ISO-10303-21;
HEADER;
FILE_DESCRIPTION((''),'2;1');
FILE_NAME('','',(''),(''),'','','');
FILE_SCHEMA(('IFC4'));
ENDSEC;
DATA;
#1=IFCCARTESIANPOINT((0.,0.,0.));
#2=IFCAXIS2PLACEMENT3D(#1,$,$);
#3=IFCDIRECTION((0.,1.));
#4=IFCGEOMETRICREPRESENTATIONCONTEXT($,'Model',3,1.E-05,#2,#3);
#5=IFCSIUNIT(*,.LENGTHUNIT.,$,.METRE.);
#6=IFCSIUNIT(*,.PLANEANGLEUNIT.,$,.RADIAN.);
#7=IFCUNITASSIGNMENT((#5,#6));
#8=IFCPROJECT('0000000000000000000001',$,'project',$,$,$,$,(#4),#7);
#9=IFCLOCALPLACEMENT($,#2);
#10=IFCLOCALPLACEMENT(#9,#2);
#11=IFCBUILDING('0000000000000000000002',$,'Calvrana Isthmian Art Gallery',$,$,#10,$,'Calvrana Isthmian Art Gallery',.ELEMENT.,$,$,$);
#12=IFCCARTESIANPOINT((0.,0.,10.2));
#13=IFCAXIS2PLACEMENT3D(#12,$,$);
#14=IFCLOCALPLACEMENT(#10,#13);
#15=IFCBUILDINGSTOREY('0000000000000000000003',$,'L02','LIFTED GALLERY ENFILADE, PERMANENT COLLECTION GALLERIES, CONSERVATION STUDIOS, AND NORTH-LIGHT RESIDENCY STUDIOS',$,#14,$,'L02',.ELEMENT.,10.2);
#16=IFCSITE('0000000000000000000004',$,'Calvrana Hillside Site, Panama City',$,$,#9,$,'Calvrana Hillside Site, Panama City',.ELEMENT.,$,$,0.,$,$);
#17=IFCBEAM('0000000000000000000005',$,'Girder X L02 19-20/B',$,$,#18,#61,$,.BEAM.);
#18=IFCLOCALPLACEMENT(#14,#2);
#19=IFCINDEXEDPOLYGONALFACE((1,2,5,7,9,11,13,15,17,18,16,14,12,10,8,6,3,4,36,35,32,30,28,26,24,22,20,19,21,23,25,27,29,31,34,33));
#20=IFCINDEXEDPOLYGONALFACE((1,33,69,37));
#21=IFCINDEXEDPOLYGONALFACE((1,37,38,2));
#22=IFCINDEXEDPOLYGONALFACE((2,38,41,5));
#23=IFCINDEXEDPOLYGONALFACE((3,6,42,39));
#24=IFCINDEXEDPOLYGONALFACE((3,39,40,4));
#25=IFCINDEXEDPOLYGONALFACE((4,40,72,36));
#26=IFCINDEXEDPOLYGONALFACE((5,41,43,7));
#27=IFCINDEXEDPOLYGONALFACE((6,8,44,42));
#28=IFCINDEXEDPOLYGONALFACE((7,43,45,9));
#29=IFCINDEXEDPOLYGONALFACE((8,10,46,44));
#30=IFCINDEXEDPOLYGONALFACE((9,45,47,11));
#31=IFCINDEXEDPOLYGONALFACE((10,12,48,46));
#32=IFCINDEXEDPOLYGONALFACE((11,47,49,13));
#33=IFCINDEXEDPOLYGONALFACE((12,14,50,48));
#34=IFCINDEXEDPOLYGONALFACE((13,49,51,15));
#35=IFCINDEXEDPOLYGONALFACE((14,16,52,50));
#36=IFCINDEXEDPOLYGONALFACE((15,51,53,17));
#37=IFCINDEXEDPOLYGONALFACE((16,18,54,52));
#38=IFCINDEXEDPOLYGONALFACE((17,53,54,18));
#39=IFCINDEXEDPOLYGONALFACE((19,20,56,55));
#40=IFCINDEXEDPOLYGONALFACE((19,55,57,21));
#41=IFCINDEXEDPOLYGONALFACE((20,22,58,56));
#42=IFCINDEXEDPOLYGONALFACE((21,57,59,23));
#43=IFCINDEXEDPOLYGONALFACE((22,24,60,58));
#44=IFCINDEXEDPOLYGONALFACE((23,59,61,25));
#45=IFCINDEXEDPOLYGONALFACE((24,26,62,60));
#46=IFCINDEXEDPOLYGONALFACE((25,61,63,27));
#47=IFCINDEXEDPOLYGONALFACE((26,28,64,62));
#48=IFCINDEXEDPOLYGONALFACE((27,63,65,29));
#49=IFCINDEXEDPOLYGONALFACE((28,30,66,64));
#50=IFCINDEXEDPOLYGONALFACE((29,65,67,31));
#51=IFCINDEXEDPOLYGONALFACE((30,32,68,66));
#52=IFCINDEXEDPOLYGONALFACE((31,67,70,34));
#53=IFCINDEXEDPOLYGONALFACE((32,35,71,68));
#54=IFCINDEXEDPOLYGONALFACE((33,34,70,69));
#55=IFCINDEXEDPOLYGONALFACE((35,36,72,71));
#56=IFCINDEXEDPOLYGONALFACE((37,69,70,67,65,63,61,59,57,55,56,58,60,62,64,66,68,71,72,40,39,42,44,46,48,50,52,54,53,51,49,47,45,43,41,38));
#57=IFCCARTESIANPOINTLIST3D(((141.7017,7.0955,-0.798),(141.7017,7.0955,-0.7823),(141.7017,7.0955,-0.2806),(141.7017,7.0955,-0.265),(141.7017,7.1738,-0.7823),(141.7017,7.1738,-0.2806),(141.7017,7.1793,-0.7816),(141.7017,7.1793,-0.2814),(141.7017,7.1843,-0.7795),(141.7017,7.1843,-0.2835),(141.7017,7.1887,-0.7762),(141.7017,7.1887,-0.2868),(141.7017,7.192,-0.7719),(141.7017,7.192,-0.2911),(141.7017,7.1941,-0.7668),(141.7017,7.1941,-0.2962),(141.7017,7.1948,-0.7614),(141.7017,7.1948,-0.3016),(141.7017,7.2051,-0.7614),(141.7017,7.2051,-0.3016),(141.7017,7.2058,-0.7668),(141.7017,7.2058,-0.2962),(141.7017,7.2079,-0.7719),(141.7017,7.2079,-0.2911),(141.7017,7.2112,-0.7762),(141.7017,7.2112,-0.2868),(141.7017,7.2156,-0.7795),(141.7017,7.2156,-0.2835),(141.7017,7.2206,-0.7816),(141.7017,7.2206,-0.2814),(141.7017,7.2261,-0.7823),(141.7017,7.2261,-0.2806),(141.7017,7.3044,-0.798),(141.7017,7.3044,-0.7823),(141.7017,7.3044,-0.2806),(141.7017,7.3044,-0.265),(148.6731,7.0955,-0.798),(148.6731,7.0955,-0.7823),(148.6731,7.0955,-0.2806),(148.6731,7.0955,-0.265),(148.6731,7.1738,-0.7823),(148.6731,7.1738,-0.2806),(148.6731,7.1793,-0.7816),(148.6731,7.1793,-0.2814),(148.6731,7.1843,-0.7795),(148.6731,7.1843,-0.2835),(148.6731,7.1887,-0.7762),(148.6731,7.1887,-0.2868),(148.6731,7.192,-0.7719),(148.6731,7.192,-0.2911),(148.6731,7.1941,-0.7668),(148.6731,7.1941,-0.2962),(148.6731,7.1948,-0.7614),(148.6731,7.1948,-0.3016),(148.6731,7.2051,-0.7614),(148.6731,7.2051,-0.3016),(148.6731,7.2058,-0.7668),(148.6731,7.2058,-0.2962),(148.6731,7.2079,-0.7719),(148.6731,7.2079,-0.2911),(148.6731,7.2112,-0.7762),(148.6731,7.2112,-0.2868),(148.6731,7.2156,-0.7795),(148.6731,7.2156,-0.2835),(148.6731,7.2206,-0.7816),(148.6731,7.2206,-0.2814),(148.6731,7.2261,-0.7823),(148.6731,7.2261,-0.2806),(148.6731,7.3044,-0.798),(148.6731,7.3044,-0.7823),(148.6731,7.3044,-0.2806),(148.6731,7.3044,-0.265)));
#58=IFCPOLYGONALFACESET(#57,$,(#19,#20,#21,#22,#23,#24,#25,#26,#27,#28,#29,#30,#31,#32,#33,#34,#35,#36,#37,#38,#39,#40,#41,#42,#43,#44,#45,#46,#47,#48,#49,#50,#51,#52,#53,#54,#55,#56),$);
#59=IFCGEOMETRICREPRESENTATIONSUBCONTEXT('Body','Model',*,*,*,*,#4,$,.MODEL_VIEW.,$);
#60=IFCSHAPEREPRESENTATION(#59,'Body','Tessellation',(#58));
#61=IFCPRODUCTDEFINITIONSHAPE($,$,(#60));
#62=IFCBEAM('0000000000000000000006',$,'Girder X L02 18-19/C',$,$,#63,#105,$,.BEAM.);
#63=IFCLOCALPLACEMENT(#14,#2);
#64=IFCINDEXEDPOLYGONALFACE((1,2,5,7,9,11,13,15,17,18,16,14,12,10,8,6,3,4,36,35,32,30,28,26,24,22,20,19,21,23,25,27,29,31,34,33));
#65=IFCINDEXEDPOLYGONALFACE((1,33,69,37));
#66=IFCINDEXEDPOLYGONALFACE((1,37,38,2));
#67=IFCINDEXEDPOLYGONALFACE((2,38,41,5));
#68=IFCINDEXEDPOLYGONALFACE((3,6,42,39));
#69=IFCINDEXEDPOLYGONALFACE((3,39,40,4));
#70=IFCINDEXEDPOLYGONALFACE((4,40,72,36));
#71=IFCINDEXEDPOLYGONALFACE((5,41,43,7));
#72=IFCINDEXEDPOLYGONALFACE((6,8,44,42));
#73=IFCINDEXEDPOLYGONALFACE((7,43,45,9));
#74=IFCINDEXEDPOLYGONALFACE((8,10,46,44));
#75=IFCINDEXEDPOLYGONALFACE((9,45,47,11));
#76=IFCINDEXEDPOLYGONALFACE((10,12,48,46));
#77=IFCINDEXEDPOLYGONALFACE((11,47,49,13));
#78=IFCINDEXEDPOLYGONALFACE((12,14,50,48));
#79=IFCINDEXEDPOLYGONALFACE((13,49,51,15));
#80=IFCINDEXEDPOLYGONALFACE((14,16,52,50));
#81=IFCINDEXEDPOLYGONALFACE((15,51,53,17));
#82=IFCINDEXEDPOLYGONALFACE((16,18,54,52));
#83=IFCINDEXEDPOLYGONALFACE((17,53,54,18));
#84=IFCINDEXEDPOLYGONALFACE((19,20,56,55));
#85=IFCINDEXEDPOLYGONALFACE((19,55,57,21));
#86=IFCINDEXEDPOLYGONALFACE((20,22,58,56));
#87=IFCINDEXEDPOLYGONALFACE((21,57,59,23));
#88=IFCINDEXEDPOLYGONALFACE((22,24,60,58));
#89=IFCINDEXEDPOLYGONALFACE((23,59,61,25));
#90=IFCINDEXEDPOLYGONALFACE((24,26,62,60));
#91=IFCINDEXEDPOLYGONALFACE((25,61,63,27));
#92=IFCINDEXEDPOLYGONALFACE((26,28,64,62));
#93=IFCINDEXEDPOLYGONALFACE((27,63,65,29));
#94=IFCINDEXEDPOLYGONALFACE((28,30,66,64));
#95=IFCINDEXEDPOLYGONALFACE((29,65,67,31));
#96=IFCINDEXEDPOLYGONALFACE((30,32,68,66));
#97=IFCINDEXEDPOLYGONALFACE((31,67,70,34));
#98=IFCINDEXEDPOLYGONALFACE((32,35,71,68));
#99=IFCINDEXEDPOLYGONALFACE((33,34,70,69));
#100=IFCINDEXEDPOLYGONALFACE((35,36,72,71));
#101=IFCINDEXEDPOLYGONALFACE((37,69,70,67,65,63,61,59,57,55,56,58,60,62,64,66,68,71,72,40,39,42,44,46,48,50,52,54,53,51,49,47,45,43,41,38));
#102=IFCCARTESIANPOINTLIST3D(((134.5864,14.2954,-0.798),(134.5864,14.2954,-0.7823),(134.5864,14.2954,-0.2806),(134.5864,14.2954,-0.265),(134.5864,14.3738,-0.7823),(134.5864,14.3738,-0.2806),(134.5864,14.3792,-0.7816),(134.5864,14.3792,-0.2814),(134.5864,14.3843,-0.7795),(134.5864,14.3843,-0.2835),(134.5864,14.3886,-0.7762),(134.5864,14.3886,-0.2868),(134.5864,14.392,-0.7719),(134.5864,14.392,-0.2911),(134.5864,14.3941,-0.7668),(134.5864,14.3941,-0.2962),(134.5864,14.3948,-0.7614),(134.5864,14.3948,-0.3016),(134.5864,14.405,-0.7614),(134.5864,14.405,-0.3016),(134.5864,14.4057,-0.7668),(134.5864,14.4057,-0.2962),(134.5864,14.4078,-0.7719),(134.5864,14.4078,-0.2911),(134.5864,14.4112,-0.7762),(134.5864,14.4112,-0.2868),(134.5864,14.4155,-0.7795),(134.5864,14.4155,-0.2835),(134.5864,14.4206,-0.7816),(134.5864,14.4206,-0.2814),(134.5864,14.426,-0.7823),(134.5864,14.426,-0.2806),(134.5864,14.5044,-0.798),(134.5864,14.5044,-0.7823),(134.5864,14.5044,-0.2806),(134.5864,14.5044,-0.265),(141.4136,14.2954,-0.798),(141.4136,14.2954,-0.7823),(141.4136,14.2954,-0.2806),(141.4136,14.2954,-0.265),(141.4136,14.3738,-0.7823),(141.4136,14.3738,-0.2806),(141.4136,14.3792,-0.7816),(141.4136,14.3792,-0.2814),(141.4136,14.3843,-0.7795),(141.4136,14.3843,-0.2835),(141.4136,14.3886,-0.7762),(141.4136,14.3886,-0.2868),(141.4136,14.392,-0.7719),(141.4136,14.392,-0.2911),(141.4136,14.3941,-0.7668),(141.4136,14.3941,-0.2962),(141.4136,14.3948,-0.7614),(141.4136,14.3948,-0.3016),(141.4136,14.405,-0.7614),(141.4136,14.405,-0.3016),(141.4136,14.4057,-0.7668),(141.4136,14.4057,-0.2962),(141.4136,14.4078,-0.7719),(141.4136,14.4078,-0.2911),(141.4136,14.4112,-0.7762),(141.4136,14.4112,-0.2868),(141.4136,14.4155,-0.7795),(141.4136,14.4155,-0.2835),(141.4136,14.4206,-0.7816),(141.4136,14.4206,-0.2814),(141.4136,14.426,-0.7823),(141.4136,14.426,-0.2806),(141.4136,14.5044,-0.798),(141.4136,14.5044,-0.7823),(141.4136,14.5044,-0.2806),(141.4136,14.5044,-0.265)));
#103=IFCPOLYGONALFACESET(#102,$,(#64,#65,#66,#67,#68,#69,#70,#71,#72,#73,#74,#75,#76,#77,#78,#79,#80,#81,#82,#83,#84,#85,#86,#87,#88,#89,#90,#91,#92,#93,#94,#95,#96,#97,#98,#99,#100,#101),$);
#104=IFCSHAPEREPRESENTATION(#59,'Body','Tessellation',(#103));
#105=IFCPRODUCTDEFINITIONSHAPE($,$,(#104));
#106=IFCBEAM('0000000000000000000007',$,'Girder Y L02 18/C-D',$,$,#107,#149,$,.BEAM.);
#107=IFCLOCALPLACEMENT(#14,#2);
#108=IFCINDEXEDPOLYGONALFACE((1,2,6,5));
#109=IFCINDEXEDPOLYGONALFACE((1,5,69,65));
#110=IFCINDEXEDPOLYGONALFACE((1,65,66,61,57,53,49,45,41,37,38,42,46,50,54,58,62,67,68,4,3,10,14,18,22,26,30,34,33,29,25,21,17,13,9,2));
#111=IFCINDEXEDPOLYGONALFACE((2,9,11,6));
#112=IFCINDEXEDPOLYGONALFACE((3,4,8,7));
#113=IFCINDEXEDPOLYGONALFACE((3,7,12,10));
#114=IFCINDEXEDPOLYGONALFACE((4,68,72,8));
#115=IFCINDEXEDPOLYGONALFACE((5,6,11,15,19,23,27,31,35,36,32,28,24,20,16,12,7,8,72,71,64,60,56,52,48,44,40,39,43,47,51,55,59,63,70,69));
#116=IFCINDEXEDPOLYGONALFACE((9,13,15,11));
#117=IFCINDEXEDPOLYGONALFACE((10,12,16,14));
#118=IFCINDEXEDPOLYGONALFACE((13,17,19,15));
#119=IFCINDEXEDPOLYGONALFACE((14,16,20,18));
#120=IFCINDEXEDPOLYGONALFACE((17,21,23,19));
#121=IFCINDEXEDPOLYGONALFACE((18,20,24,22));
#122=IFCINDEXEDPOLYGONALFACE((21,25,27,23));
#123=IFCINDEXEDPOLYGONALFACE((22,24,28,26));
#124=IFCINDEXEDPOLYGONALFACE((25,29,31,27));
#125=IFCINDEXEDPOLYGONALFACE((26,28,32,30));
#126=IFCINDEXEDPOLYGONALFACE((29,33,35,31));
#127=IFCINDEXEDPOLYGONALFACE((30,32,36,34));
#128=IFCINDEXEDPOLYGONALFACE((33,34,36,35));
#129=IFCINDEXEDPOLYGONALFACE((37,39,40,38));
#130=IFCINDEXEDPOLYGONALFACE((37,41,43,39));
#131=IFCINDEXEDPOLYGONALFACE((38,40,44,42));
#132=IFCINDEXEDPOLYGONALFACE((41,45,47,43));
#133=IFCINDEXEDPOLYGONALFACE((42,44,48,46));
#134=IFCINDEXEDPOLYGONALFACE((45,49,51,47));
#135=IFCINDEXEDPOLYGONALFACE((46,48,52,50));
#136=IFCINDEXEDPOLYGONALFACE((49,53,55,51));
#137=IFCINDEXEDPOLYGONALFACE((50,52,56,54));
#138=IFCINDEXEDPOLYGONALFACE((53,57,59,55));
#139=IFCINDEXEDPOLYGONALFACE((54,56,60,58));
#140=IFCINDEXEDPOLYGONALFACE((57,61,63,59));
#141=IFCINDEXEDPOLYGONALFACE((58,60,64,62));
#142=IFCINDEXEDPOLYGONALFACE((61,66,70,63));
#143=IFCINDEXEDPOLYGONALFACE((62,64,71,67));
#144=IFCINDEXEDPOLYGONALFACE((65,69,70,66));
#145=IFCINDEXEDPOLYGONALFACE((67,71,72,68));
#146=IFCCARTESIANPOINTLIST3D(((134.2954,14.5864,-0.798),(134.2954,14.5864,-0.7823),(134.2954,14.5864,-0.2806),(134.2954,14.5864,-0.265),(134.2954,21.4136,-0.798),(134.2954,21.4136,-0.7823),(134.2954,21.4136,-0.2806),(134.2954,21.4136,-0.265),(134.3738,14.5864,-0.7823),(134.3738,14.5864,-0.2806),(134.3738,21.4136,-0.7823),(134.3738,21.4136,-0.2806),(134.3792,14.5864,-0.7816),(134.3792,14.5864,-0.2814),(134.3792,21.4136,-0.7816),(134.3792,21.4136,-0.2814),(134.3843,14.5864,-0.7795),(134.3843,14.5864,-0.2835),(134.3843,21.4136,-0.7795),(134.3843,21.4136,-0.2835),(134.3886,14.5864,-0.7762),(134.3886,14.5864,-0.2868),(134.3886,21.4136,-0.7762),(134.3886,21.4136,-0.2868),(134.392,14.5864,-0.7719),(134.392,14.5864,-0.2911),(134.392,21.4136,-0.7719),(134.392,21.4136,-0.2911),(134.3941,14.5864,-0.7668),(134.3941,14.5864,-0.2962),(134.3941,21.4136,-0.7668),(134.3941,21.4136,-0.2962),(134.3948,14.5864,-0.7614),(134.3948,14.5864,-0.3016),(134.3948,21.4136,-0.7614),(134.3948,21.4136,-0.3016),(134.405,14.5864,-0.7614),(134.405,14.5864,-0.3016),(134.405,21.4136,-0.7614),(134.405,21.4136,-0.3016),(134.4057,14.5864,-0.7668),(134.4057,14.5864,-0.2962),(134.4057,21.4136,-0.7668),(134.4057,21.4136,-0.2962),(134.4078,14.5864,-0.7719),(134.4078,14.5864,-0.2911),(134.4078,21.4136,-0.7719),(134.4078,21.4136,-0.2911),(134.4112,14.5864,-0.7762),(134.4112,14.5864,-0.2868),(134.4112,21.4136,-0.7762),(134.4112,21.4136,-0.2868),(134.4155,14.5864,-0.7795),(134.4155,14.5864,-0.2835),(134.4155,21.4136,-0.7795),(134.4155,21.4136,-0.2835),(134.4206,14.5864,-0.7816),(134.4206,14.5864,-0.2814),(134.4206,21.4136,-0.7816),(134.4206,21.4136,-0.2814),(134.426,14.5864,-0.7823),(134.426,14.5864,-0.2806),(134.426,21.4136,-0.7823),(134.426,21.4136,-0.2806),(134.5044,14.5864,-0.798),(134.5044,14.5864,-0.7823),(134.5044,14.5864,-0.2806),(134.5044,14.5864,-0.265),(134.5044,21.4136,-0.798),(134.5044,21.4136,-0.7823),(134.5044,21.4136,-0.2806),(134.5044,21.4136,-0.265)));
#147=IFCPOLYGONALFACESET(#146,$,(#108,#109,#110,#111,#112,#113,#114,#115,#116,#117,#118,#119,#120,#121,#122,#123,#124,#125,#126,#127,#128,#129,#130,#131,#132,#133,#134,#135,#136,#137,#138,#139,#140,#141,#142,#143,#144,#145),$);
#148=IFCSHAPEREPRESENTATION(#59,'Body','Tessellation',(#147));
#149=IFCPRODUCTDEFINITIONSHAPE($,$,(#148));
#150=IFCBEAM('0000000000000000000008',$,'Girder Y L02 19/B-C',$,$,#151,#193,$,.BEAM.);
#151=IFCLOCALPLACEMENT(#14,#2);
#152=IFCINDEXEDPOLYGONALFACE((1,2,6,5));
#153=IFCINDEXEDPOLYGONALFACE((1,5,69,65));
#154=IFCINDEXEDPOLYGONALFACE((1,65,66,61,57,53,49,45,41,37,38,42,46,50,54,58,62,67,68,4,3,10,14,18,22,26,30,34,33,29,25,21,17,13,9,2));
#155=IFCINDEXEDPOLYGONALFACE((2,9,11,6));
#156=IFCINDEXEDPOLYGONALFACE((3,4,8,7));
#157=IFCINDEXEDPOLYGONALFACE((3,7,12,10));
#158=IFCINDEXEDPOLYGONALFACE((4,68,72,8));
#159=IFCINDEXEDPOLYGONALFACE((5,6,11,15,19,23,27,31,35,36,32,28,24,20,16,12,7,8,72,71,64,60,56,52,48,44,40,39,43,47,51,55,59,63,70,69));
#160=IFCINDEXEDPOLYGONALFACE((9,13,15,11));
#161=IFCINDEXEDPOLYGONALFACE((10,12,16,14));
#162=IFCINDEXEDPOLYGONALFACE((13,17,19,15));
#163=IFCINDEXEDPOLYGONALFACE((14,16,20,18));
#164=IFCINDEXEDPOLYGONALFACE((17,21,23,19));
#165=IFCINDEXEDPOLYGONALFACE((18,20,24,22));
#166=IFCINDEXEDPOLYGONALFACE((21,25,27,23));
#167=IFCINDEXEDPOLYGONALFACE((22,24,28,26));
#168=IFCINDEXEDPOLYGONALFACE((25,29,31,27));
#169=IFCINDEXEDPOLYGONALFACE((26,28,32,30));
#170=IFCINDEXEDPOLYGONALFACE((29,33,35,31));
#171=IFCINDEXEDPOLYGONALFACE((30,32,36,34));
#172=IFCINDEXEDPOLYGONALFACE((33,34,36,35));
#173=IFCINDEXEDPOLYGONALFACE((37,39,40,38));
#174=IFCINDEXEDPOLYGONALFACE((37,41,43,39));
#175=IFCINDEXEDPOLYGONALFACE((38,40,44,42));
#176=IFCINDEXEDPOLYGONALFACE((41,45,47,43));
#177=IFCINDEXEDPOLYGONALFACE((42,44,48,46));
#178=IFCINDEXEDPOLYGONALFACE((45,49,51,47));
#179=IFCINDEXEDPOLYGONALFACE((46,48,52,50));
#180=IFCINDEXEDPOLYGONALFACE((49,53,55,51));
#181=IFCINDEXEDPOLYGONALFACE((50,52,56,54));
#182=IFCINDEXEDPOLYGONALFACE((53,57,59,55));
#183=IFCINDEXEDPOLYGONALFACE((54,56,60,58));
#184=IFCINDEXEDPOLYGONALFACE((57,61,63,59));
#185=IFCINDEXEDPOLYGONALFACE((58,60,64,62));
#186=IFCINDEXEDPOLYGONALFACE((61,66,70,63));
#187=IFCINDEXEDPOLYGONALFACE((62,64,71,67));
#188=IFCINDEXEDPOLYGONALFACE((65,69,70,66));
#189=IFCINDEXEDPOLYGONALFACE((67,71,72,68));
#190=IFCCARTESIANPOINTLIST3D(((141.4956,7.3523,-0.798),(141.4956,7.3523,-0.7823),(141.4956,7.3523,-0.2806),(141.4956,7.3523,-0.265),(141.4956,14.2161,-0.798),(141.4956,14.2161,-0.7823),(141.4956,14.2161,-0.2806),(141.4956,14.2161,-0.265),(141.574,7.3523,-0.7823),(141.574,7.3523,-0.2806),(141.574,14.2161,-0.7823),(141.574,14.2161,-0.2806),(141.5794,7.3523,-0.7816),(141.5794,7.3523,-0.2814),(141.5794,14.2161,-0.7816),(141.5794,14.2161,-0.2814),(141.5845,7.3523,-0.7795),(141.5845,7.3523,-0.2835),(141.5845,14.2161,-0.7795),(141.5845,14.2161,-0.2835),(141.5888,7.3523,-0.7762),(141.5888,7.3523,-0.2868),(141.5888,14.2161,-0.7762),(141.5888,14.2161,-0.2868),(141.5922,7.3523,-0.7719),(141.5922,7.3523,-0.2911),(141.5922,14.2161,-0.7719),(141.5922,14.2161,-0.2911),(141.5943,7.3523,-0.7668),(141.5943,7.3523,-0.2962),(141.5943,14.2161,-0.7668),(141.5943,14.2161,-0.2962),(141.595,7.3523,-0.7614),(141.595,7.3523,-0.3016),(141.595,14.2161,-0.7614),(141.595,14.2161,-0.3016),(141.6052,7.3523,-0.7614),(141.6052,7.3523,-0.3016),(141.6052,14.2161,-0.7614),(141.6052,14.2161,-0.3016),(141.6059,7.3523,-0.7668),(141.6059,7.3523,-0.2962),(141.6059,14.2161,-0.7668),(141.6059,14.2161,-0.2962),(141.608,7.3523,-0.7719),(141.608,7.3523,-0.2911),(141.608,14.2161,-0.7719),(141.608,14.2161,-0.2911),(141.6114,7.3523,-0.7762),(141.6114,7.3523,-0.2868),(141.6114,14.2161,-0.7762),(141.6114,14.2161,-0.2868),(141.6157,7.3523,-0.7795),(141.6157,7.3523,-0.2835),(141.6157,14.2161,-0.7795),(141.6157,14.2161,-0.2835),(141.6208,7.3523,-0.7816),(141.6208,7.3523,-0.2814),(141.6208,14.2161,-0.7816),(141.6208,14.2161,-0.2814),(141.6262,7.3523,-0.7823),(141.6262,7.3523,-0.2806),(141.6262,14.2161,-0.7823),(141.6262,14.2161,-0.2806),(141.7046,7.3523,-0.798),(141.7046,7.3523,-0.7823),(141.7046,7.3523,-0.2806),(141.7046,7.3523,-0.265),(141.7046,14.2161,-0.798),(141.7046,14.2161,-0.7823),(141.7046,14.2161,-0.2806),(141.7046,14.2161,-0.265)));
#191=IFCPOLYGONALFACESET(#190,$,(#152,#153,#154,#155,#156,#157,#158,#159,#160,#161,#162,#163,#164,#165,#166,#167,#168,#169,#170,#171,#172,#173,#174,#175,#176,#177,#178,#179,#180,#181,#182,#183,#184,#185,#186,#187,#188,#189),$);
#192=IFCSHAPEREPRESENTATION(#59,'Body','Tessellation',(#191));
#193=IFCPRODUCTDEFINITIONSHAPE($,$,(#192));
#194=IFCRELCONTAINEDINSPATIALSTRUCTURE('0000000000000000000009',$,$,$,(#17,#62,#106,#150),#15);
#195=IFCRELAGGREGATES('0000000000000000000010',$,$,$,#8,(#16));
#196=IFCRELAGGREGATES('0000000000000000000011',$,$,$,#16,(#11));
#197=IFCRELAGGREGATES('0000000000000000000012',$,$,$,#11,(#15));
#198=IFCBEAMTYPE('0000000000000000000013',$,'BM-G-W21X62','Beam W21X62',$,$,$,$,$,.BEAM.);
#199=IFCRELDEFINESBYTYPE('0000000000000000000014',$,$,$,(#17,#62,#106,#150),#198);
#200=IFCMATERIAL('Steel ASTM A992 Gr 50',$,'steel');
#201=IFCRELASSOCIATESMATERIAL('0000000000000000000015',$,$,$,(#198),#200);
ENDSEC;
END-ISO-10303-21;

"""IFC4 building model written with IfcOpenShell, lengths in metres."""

from ifc_helpers import new_model, si_unit, direction, frame, origin, origin_2d, place, context, subcontext, project, spatial, i_section, extrude, material, material_profile, profile_set, type_object, element, save


model = new_model("IFC4")

# Units and contexts
model_context = context("Model", 3, precision=1e-05, world=origin(), true_north=direction((0.0, 1.0)))
body_context = subcontext(model_context, "Body", "Model", "MODEL_VIEW")
ifc_project = project(units=[si_unit("LENGTHUNIT", "METRE"), si_unit("PLANEANGLEUNIT", "RADIAN")], contexts=[model_context])

# Site, building, storey
site_placement = place(None, origin())
site = spatial("IfcSite", under=ifc_project, at=site_placement, Name="Calvrana Hillside Site, Panama City", LongName="Calvrana Hillside Site, Panama City", CompositionType="ELEMENT", RefElevation=0.0)
building_placement = place(site_placement, origin())
building = spatial("IfcBuilding", under=site, at=building_placement, Name="Calvrana Isthmian Art Gallery", LongName="Calvrana Isthmian Art Gallery", CompositionType="ELEMENT")
storey_placement = place(building_placement, frame((0.0, 0.0, 10.2)))
storey = spatial("IfcBuildingStorey", under=building, at=storey_placement, Name="L02", Description="LIFTED GALLERY ENFILADE, PERMANENT COLLECTION GALLERIES, CONSERVATION STUDIOS, AND NORTH-LIGHT RESIDENCY STUDIOS", LongName="L02", CompositionType="ELEMENT", Elevation=10.2)

# Shared definitions
ifc_material_1 = material(Name="Steel ASTM A992 Gr 50", Category="steel")

# Beams
ifc_material_profile_1 = material_profile(ifc_material_1, i_section(OverallWidth=0.209, OverallDepth=0.533, WebThickness=0.0103, FlangeThickness=0.0156, FilletRadius=0.021, at=origin_2d()), Name="W21X62")
ifc_profile_set_1 = profile_set([ifc_material_profile_1], Name="Steel ASTM A992 Gr 50")
beam_type_1 = type_object("IfcBeamType", Name="BM-G-W21X62", Description="Beam W21X62", PredefinedType="BEAM", material=ifc_profile_set_1)
beam_1_placement = place(storey_placement, frame((141.7017, 7.2, -0.5315), z_axis=(1.0, 0.0, 0.0), x_axis=(0.0, 1.0, 0.0)))
element("IfcBeam", 1, at=beam_1_placement, inside=storey, type_object=beam_type_1, Name="Girder X L02 19-20/B", PredefinedType="BEAM", context=body_context, shape_type="SweptSolid", body=[
    extrude(i_section(OverallWidth=0.209, OverallDepth=0.533, WebThickness=0.0103, FlangeThickness=0.0156, FilletRadius=0.021, at=origin_2d()), origin(), (0.0, 0.0, 1.0), 6.9714),
])
for number, where, z_axis, x_axis, name in (
    (2, (134.5864, 14.3999, -0.5315), (1.0, 0.0, 0.0), (0.0, 1.0, 0.0), "Girder X L02 18-19/C"),
    (3, (134.3999, 14.5864, -0.5315), (0.0, 1.0, 0.0), (-1.0, 0.0, 0.0), "Girder Y L02 18/C-D"),
):
    element("IfcBeam", number, at=place(storey_placement, frame(where, z_axis=z_axis, x_axis=x_axis)), inside=storey, type_object=beam_type_1, Name=name, PredefinedType="BEAM", context=body_context, shape_type="SweptSolid", body=[
        extrude(i_section(OverallWidth=0.209, OverallDepth=0.533, WebThickness=0.0103, FlangeThickness=0.0156, FilletRadius=0.021, at=origin_2d()), origin(), (0.0, 0.0, 1.0), 6.8271),
    ])
beam_2_placement = place(storey_placement, frame((141.6001, 7.3523, -0.5315), z_axis=(0.0, 1.0, 0.0), x_axis=(-1.0, 0.0, 0.0)))
element("IfcBeam", 4, at=beam_2_placement, inside=storey, type_object=beam_type_1, Name="Girder Y L02 19/B-C", PredefinedType="BEAM", context=body_context, shape_type="SweptSolid", body=[
    extrude(i_section(OverallWidth=0.209, OverallDepth=0.533, WebThickness=0.0103, FlangeThickness=0.0156, FilletRadius=0.021, at=origin_2d()), origin(), (0.0, 0.0, 1.0), 6.8638),
])

save(model, "model.ifc")
